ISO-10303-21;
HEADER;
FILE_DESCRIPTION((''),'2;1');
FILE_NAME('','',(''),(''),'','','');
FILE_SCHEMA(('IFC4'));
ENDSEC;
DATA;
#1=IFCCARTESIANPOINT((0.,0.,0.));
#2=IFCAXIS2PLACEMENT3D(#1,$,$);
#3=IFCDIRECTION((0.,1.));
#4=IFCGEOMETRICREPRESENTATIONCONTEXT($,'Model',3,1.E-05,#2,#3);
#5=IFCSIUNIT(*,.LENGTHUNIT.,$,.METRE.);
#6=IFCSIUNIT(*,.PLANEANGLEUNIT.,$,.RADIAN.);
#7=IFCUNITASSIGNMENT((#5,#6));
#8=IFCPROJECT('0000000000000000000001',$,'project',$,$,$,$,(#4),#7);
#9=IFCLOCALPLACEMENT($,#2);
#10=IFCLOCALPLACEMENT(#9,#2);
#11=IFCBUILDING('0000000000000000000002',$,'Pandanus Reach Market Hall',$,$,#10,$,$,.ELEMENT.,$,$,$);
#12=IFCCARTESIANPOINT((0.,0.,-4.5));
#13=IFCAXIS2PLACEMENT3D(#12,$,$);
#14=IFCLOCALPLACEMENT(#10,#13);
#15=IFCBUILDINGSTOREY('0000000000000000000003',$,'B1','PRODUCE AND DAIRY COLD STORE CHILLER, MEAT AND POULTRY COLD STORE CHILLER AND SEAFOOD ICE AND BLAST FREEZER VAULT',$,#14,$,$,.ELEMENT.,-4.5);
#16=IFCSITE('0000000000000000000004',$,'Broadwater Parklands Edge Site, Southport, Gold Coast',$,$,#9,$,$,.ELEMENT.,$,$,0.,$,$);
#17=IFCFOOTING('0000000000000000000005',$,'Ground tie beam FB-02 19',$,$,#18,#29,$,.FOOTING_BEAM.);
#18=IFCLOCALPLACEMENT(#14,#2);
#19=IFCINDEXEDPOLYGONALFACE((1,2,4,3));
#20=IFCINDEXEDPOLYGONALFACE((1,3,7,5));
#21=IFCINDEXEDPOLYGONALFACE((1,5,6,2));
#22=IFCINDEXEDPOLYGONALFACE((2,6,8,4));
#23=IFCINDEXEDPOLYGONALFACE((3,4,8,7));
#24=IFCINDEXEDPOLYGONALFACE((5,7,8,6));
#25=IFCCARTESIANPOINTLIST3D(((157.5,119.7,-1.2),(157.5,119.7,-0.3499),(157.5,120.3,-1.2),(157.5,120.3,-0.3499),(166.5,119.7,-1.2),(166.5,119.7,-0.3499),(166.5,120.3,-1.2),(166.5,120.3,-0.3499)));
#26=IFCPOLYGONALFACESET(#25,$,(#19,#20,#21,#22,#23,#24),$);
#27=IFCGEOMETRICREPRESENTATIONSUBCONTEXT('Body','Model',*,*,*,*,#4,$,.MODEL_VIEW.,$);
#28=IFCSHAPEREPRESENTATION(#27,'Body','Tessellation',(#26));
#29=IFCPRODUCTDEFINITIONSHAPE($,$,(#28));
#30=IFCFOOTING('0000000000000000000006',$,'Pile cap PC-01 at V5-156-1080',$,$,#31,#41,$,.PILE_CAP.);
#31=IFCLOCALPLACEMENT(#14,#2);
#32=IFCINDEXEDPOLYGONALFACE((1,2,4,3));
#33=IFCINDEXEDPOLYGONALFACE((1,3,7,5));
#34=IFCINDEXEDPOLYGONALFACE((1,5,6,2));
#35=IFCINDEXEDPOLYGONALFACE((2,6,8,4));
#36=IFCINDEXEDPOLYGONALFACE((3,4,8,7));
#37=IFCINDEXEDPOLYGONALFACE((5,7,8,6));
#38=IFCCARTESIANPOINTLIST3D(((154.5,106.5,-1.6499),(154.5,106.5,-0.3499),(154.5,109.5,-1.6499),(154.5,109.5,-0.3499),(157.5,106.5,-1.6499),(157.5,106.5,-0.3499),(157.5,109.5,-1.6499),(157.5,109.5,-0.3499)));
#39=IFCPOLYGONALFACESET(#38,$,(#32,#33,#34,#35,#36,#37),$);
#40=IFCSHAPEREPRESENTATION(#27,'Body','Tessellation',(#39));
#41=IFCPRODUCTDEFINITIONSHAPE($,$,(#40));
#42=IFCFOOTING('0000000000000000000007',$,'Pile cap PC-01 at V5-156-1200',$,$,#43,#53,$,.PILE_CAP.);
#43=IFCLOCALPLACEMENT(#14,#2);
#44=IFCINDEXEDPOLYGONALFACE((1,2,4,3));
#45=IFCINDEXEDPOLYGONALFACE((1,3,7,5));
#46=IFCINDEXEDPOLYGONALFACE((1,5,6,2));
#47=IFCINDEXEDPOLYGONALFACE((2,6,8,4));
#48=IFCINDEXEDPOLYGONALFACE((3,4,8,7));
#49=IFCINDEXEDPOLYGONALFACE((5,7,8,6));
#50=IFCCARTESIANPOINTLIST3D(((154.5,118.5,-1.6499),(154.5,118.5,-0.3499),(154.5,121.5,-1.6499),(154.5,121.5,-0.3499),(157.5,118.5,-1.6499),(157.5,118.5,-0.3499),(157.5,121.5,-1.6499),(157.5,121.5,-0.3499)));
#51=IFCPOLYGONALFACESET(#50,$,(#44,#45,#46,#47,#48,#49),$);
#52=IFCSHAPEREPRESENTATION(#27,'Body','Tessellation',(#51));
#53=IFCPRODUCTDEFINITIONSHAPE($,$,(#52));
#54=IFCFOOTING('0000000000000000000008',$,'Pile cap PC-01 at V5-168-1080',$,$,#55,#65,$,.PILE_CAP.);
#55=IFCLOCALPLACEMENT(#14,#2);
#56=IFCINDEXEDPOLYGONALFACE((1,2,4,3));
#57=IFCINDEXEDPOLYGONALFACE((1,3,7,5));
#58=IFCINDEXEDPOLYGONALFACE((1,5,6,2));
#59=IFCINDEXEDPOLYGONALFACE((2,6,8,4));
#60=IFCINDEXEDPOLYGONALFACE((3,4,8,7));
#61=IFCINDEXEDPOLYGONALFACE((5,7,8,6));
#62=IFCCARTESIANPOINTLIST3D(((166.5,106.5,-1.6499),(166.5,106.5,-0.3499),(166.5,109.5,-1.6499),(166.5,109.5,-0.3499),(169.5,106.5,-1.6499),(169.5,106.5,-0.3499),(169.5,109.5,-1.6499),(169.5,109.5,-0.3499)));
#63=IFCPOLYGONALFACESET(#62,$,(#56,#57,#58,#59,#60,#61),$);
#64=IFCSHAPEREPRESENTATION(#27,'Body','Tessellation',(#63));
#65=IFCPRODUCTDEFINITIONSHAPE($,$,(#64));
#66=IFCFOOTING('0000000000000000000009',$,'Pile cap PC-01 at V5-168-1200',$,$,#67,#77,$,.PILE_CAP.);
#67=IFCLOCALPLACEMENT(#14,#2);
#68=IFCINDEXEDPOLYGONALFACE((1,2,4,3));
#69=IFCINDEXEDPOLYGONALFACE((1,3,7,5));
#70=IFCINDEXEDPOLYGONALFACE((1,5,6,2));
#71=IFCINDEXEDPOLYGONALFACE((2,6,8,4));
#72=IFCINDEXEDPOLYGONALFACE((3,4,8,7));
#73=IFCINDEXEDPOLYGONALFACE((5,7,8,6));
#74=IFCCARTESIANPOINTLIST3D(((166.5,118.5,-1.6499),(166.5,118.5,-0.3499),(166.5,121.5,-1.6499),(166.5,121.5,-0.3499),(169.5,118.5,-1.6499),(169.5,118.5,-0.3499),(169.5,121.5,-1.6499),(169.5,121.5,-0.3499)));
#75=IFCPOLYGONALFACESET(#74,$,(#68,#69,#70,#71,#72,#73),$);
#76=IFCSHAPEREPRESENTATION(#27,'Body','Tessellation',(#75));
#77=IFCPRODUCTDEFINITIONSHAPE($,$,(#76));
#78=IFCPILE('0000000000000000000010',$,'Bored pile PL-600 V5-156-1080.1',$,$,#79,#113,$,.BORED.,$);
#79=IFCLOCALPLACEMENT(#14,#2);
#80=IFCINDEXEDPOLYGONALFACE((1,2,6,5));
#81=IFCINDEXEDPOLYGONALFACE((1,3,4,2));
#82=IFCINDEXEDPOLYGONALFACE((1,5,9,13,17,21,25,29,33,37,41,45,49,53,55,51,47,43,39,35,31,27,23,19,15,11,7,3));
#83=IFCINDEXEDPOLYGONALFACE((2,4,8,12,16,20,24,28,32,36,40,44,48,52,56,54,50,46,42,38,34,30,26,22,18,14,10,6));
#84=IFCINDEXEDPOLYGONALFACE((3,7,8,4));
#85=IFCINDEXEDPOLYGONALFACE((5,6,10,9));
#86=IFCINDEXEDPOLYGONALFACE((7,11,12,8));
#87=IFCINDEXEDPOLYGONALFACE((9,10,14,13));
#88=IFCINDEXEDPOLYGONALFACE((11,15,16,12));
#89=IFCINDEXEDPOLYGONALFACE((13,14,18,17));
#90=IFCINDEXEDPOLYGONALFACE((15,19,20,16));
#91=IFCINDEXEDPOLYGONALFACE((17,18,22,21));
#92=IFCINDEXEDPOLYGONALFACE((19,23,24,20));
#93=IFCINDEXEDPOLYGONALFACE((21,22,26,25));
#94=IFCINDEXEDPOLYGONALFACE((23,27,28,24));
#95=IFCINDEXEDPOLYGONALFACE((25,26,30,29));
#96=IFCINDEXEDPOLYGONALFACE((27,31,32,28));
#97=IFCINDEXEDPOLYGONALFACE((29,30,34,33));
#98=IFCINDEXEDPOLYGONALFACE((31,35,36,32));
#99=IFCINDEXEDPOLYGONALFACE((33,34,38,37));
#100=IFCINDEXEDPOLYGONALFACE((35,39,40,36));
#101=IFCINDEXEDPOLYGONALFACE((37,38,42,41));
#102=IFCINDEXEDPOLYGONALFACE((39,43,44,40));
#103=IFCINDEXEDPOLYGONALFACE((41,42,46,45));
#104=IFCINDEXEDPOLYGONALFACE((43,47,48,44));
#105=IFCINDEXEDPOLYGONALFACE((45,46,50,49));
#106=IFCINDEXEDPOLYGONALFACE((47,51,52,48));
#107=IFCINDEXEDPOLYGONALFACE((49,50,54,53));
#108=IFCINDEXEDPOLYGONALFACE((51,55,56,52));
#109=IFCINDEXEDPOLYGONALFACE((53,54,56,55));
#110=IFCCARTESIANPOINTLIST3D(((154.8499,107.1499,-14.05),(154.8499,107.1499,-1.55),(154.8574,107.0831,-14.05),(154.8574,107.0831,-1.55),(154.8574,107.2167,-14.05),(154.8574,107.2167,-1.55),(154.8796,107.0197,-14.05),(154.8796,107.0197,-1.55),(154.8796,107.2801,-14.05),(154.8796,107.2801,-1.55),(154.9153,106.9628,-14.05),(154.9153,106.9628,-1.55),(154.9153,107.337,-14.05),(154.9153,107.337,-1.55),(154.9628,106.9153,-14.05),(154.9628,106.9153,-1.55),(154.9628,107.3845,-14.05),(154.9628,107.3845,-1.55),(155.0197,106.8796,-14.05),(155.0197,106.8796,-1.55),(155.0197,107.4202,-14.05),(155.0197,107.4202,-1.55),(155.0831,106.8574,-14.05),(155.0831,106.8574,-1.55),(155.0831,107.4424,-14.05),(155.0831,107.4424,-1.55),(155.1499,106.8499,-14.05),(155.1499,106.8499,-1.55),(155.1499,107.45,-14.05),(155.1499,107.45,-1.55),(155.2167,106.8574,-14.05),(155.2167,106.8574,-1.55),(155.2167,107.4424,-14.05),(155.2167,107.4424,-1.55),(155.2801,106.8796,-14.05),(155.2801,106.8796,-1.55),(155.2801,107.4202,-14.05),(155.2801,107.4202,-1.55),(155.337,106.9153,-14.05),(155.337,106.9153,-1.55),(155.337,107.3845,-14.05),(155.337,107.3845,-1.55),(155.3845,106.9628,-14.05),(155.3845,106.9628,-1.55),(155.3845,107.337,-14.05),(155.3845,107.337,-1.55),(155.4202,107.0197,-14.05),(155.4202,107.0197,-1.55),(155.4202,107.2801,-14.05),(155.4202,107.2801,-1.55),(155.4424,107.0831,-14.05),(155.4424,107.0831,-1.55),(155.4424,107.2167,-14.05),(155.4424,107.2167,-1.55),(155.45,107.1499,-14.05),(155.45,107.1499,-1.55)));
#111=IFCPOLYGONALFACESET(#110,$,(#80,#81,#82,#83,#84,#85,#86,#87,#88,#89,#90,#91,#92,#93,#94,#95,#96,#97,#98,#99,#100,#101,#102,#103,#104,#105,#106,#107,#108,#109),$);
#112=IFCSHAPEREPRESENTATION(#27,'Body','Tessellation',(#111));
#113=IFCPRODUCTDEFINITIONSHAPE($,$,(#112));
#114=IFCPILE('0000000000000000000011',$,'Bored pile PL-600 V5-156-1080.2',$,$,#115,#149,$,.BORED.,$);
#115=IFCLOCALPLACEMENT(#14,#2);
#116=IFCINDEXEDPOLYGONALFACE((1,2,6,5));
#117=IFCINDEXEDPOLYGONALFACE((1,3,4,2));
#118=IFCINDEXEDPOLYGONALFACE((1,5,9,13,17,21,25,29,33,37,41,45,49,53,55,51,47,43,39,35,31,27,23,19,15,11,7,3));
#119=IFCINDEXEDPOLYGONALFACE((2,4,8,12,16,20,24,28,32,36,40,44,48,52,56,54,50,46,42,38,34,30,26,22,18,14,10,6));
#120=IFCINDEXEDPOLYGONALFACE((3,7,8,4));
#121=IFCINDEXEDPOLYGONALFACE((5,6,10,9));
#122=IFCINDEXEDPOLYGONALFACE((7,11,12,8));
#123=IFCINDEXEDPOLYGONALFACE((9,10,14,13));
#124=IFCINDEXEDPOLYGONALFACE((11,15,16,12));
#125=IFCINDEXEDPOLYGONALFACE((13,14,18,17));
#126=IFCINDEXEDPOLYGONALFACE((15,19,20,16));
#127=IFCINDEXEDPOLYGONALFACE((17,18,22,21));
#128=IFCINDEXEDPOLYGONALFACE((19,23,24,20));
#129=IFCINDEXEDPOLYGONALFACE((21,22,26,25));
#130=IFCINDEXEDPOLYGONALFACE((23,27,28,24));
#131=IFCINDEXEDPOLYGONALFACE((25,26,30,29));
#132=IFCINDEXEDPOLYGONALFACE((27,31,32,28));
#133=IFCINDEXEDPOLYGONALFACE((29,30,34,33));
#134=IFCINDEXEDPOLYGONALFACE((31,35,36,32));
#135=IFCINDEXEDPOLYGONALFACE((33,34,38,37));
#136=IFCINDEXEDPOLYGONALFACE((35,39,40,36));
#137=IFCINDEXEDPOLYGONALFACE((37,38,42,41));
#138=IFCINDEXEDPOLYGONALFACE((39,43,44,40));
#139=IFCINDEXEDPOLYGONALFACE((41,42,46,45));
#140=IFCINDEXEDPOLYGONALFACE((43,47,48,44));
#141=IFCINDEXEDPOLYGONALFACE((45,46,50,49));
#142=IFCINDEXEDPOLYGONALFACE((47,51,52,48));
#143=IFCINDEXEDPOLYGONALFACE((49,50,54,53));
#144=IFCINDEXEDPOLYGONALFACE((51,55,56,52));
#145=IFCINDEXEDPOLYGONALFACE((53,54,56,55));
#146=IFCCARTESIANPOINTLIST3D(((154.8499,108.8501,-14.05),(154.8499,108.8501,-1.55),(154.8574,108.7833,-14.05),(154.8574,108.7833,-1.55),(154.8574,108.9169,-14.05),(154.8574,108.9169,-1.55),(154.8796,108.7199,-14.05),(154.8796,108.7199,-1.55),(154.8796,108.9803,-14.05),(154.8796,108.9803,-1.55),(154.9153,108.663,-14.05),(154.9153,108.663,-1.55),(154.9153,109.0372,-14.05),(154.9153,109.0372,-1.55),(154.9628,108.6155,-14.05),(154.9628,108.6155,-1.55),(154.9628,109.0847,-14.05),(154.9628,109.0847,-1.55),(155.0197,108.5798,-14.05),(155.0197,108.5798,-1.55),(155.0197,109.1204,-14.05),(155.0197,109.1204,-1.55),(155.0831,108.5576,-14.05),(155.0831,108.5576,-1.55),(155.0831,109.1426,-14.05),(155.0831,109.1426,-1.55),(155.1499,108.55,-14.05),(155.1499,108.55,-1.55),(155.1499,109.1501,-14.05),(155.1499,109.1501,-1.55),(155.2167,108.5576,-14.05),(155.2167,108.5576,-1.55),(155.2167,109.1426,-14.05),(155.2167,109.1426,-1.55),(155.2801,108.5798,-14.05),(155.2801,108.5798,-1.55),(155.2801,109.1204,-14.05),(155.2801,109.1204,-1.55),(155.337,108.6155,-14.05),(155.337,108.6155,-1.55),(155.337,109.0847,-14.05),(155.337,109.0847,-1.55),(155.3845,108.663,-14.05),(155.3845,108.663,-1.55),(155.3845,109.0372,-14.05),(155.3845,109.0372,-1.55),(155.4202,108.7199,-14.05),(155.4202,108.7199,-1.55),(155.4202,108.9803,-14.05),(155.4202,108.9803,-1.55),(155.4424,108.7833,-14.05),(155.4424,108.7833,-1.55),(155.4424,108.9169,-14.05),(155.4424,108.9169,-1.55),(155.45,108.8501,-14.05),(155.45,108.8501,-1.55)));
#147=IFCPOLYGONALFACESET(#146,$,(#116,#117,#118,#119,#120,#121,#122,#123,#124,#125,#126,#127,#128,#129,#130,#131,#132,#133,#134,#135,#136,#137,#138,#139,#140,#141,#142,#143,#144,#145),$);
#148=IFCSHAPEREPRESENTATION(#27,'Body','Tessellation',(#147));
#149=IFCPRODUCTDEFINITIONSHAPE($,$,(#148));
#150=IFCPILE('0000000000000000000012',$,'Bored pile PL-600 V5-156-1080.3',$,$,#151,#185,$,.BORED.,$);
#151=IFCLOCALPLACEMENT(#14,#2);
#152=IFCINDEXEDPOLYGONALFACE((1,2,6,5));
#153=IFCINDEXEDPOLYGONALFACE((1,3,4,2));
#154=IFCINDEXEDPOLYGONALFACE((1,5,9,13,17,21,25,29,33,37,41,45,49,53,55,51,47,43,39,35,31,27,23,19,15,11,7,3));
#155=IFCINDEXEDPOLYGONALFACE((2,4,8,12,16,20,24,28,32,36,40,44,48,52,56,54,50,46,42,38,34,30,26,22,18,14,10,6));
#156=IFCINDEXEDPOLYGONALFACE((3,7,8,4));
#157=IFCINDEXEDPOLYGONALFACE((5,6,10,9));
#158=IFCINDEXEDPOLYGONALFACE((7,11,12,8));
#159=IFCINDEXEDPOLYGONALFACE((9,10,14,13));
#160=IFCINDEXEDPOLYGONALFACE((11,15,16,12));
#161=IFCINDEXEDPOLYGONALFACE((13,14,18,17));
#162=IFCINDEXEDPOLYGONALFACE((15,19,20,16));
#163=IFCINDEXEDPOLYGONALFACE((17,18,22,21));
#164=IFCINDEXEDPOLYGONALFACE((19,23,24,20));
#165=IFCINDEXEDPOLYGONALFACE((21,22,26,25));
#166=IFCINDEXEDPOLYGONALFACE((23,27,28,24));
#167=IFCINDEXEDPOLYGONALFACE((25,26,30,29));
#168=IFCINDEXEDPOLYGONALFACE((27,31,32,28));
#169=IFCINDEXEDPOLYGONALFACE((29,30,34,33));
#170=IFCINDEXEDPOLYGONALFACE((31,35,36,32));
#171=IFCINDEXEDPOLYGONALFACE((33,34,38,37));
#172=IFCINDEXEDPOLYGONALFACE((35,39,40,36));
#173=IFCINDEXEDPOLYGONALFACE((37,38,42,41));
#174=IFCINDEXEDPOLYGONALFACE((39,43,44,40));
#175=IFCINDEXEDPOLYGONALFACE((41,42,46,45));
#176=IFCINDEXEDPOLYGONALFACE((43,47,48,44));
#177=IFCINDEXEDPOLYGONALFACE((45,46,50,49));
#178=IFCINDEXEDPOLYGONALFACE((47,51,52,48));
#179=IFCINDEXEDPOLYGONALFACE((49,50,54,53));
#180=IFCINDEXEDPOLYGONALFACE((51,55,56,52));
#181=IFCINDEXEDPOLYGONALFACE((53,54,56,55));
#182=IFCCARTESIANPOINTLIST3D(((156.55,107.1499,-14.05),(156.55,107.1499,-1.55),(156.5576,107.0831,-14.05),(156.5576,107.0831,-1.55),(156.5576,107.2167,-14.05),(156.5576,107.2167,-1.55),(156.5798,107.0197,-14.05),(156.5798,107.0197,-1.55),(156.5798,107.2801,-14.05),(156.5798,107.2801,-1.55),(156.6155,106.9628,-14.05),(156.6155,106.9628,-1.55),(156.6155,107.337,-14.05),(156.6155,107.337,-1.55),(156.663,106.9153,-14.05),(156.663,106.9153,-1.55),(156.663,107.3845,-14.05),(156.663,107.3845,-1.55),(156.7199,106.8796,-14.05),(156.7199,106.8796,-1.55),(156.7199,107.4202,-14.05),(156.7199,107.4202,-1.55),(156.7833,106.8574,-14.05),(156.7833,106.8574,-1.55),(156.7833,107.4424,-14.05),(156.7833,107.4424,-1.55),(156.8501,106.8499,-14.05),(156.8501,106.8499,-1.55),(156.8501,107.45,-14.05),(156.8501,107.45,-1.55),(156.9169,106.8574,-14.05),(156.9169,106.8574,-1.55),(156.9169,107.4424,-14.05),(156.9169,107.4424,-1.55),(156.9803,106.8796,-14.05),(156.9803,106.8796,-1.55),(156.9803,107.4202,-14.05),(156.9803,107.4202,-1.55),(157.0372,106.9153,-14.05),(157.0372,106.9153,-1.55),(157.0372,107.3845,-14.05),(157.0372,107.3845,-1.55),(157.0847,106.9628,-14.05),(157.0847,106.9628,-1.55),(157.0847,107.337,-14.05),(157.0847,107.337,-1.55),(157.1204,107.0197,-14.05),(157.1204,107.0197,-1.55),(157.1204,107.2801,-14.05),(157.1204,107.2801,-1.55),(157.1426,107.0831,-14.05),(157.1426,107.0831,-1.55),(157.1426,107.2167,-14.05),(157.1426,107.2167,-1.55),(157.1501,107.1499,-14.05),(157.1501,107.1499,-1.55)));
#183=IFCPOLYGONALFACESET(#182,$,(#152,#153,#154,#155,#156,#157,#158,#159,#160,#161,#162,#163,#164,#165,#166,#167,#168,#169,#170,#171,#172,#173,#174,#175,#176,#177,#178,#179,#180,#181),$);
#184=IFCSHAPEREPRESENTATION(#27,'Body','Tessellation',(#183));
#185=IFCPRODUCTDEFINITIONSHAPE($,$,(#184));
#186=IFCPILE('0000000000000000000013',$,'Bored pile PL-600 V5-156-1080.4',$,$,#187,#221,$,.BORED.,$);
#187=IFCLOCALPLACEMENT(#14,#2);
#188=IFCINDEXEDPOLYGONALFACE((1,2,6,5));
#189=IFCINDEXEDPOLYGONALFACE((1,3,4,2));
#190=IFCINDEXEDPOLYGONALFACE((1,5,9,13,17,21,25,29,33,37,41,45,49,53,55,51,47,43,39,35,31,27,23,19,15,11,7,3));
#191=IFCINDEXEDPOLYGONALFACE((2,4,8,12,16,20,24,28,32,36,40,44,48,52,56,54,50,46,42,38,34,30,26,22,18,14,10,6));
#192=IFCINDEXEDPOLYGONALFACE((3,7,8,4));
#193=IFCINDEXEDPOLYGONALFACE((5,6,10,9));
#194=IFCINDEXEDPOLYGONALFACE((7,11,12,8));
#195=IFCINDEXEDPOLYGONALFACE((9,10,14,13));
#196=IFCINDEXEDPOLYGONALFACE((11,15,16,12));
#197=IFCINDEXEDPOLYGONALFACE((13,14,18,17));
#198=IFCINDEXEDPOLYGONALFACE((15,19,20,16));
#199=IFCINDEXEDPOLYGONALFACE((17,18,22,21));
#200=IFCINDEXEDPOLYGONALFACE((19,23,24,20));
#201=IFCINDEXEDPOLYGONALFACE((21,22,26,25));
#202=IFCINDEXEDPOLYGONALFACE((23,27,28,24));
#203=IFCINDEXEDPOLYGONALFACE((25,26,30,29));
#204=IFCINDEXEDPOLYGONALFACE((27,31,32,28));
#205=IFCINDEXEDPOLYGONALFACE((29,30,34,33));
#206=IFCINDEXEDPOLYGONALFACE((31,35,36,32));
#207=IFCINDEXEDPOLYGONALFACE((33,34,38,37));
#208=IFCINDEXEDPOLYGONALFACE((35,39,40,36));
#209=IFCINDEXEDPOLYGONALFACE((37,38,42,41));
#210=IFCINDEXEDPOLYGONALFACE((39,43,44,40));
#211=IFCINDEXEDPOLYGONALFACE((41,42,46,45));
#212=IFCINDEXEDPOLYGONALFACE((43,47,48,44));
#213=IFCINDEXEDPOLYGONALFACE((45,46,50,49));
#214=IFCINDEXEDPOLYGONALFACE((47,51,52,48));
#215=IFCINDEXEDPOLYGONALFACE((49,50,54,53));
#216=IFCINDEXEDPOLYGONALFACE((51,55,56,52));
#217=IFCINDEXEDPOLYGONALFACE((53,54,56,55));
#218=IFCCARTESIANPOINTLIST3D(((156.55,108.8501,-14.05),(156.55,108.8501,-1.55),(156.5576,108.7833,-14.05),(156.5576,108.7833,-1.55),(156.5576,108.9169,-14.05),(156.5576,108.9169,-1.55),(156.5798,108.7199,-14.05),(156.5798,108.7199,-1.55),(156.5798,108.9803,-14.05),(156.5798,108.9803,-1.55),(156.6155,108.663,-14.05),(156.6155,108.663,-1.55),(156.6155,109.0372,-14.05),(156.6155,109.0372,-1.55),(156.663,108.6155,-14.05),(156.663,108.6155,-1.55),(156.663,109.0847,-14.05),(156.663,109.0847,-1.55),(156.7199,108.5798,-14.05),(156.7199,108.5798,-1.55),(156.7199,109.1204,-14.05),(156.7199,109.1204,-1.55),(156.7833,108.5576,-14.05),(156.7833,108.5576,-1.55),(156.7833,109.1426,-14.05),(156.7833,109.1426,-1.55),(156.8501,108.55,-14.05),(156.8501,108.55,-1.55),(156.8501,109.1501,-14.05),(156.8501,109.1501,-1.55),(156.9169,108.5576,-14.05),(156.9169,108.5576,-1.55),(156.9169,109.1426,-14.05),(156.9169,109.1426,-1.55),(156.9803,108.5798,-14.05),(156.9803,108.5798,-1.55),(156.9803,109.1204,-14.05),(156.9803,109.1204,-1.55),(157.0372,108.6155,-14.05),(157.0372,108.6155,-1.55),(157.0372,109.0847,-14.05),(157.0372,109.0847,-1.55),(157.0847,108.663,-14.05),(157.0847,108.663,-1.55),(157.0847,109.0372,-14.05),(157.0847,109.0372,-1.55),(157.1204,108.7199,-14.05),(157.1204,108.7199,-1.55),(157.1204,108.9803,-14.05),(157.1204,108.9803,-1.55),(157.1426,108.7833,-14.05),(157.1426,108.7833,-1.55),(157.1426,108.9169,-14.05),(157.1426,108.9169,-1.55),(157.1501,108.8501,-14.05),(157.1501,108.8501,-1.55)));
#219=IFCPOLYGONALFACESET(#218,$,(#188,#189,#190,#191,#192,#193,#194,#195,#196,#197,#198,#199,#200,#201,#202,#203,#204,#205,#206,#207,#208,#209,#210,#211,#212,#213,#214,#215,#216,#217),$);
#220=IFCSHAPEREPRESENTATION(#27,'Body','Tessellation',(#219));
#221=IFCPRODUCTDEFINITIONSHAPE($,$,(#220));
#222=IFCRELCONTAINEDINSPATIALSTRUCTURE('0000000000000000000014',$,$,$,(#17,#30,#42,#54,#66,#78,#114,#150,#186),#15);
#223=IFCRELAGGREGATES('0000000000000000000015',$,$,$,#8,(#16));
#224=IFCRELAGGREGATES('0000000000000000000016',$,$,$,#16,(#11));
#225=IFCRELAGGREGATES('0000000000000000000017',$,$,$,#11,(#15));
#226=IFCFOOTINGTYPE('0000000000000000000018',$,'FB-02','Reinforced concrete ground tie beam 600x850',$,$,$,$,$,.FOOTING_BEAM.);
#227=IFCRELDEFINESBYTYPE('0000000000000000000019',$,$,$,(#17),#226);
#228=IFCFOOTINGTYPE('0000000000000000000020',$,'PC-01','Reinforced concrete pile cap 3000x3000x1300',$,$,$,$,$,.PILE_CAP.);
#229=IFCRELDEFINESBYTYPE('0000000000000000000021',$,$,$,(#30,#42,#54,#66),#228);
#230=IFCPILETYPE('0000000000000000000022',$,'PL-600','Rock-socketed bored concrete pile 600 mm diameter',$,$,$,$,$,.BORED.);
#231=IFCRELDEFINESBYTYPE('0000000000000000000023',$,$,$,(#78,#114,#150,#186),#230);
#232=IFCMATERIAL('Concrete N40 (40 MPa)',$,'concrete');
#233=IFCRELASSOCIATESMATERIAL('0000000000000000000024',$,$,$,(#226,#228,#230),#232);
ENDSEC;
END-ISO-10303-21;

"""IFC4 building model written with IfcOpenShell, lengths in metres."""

from ifc_helpers import new_model, si_unit, direction, frame, origin, origin_2d, place, context, subcontext, project, spatial, rectangle, circle, extrude, material, material_profile, profile_set, type_object, element, save


model = new_model("IFC4")

# Units and contexts
model_context = context("Model", 3, precision=1e-05, world=origin(), true_north=direction((0.0, 1.0)))
body_context = subcontext(model_context, "Body", "Model", "MODEL_VIEW")
ifc_project = project(units=[si_unit("LENGTHUNIT", "METRE"), si_unit("PLANEANGLEUNIT", "RADIAN")], contexts=[model_context])

# Site, building, storey
site_placement = place(None, origin())
site = spatial("IfcSite", under=ifc_project, at=site_placement, Name="Broadwater Parklands Edge Site, Southport, Gold Coast", CompositionType="ELEMENT", RefElevation=0.0)
building_placement = place(site_placement, origin())
building = spatial("IfcBuilding", under=site, at=building_placement, Name="Pandanus Reach Market Hall", CompositionType="ELEMENT")
storey_placement = place(building_placement, frame((0.0, 0.0, -4.5)))
storey = spatial("IfcBuildingStorey", under=building, at=storey_placement, Name="B1", Description="PRODUCE AND DAIRY COLD STORE CHILLER, MEAT AND POULTRY COLD STORE CHILLER AND SEAFOOD ICE AND BLAST FREEZER VAULT", CompositionType="ELEMENT", Elevation=-4.5)

# Footings
ifc_material_1 = material(Name="Concrete N40 (40 MPa)", Category="concrete")
footing_type_1 = type_object("IfcFootingType", Name="FB-02", Description="Reinforced concrete ground tie beam 600x850", PredefinedType="FOOTING_BEAM", material=ifc_material_1)
footing_placement = place(storey_placement, frame((162.0, 120.0, -1.2), z_axis=(0.0, 0.0, 1.0), x_axis=(1.0, 0.0, 0.0)))
element("IfcFooting", 1, at=footing_placement, inside=storey, type_object=footing_type_1, Name="Ground tie beam FB-02 19", PredefinedType="FOOTING_BEAM", context=body_context, shape_type="SweptSolid", body=[
    extrude(rectangle(XDim=9.0, YDim=0.6001, at=origin_2d()), origin(), (0.0, 0.0, 1.0), 0.8501),
])
footing_type_2 = type_object("IfcFootingType", Name="PC-01", Description="Reinforced concrete pile cap 3000x3000x1300", PredefinedType="PILE_CAP", material=ifc_material_1)
for number, where, z_axis, x_axis, name in (
    (2, (156.0, 108.0, -1.6499), (0.0, 0.0, 1.0), (1.0, 0.0, 0.0), "Pile cap PC-01 at V5-156-1080"),
    (3, (156.0, 120.0, -1.6499), (0.0, 0.0, 1.0), (1.0, 0.0, 0.0), "Pile cap PC-01 at V5-156-1200"),
    (4, (168.0, 108.0, -1.6499), (0.0, 0.0, 1.0), (1.0, 0.0, 0.0), "Pile cap PC-01 at V5-168-1080"),
    (5, (168.0, 120.0, -1.6499), (0.0, 0.0, 1.0), (1.0, 0.0, 0.0), "Pile cap PC-01 at V5-168-1200"),
):
    element("IfcFooting", number, at=place(storey_placement, frame(where, z_axis=z_axis, x_axis=x_axis)), inside=storey, type_object=footing_type_2, Name=name, PredefinedType="PILE_CAP", context=body_context, shape_type="SweptSolid", body=[
        extrude(rectangle(XDim=3.0, YDim=3.0, at=origin_2d()), origin(), (0.0, 0.0, 1.0), 1.3),
    ])

# Piles
ifc_material_profile_1 = material_profile(ifc_material_1, circle(Radius=0.3, at=origin_2d()), Name="PILE-600D", Category="LoadBearing")
ifc_profile_set_1 = profile_set([ifc_material_profile_1], Name="Concrete N40 (40 MPa)")
pile_type_1 = type_object("IfcPileType", Name="PL-600", Description="Rock-socketed bored concrete pile 600 mm diameter", PredefinedType="BORED", material=ifc_profile_set_1)
for number, where, z_axis, x_axis, name in (
    (6, (155.1499, 107.1499, -1.55), (0.0, 0.0, -1.0), (1.0, 0.0, 0.0), "Bored pile PL-600 V5-156-1080.1"),
    (7, (155.1499, 108.8501, -1.55), (0.0, 0.0, -1.0), (1.0, 0.0, 0.0), "Bored pile PL-600 V5-156-1080.2"),
    (8, (156.8501, 107.1499, -1.55), (0.0, 0.0, -1.0), (1.0, 0.0, 0.0), "Bored pile PL-600 V5-156-1080.3"),
    (9, (156.8501, 108.8501, -1.55), (0.0, 0.0, -1.0), (1.0, 0.0, 0.0), "Bored pile PL-600 V5-156-1080.4"),
):
    element("IfcPile", number, at=place(storey_placement, frame(where, z_axis=z_axis, x_axis=x_axis)), inside=storey, type_object=pile_type_1, Name=name, PredefinedType="BORED", context=body_context, shape_type="SweptSolid", body=[
        extrude(circle(Radius=0.3, at=origin_2d()), origin(), (0.0, 0.0, 1.0), 12.5),
    ])

save(model, "model.ifc")
